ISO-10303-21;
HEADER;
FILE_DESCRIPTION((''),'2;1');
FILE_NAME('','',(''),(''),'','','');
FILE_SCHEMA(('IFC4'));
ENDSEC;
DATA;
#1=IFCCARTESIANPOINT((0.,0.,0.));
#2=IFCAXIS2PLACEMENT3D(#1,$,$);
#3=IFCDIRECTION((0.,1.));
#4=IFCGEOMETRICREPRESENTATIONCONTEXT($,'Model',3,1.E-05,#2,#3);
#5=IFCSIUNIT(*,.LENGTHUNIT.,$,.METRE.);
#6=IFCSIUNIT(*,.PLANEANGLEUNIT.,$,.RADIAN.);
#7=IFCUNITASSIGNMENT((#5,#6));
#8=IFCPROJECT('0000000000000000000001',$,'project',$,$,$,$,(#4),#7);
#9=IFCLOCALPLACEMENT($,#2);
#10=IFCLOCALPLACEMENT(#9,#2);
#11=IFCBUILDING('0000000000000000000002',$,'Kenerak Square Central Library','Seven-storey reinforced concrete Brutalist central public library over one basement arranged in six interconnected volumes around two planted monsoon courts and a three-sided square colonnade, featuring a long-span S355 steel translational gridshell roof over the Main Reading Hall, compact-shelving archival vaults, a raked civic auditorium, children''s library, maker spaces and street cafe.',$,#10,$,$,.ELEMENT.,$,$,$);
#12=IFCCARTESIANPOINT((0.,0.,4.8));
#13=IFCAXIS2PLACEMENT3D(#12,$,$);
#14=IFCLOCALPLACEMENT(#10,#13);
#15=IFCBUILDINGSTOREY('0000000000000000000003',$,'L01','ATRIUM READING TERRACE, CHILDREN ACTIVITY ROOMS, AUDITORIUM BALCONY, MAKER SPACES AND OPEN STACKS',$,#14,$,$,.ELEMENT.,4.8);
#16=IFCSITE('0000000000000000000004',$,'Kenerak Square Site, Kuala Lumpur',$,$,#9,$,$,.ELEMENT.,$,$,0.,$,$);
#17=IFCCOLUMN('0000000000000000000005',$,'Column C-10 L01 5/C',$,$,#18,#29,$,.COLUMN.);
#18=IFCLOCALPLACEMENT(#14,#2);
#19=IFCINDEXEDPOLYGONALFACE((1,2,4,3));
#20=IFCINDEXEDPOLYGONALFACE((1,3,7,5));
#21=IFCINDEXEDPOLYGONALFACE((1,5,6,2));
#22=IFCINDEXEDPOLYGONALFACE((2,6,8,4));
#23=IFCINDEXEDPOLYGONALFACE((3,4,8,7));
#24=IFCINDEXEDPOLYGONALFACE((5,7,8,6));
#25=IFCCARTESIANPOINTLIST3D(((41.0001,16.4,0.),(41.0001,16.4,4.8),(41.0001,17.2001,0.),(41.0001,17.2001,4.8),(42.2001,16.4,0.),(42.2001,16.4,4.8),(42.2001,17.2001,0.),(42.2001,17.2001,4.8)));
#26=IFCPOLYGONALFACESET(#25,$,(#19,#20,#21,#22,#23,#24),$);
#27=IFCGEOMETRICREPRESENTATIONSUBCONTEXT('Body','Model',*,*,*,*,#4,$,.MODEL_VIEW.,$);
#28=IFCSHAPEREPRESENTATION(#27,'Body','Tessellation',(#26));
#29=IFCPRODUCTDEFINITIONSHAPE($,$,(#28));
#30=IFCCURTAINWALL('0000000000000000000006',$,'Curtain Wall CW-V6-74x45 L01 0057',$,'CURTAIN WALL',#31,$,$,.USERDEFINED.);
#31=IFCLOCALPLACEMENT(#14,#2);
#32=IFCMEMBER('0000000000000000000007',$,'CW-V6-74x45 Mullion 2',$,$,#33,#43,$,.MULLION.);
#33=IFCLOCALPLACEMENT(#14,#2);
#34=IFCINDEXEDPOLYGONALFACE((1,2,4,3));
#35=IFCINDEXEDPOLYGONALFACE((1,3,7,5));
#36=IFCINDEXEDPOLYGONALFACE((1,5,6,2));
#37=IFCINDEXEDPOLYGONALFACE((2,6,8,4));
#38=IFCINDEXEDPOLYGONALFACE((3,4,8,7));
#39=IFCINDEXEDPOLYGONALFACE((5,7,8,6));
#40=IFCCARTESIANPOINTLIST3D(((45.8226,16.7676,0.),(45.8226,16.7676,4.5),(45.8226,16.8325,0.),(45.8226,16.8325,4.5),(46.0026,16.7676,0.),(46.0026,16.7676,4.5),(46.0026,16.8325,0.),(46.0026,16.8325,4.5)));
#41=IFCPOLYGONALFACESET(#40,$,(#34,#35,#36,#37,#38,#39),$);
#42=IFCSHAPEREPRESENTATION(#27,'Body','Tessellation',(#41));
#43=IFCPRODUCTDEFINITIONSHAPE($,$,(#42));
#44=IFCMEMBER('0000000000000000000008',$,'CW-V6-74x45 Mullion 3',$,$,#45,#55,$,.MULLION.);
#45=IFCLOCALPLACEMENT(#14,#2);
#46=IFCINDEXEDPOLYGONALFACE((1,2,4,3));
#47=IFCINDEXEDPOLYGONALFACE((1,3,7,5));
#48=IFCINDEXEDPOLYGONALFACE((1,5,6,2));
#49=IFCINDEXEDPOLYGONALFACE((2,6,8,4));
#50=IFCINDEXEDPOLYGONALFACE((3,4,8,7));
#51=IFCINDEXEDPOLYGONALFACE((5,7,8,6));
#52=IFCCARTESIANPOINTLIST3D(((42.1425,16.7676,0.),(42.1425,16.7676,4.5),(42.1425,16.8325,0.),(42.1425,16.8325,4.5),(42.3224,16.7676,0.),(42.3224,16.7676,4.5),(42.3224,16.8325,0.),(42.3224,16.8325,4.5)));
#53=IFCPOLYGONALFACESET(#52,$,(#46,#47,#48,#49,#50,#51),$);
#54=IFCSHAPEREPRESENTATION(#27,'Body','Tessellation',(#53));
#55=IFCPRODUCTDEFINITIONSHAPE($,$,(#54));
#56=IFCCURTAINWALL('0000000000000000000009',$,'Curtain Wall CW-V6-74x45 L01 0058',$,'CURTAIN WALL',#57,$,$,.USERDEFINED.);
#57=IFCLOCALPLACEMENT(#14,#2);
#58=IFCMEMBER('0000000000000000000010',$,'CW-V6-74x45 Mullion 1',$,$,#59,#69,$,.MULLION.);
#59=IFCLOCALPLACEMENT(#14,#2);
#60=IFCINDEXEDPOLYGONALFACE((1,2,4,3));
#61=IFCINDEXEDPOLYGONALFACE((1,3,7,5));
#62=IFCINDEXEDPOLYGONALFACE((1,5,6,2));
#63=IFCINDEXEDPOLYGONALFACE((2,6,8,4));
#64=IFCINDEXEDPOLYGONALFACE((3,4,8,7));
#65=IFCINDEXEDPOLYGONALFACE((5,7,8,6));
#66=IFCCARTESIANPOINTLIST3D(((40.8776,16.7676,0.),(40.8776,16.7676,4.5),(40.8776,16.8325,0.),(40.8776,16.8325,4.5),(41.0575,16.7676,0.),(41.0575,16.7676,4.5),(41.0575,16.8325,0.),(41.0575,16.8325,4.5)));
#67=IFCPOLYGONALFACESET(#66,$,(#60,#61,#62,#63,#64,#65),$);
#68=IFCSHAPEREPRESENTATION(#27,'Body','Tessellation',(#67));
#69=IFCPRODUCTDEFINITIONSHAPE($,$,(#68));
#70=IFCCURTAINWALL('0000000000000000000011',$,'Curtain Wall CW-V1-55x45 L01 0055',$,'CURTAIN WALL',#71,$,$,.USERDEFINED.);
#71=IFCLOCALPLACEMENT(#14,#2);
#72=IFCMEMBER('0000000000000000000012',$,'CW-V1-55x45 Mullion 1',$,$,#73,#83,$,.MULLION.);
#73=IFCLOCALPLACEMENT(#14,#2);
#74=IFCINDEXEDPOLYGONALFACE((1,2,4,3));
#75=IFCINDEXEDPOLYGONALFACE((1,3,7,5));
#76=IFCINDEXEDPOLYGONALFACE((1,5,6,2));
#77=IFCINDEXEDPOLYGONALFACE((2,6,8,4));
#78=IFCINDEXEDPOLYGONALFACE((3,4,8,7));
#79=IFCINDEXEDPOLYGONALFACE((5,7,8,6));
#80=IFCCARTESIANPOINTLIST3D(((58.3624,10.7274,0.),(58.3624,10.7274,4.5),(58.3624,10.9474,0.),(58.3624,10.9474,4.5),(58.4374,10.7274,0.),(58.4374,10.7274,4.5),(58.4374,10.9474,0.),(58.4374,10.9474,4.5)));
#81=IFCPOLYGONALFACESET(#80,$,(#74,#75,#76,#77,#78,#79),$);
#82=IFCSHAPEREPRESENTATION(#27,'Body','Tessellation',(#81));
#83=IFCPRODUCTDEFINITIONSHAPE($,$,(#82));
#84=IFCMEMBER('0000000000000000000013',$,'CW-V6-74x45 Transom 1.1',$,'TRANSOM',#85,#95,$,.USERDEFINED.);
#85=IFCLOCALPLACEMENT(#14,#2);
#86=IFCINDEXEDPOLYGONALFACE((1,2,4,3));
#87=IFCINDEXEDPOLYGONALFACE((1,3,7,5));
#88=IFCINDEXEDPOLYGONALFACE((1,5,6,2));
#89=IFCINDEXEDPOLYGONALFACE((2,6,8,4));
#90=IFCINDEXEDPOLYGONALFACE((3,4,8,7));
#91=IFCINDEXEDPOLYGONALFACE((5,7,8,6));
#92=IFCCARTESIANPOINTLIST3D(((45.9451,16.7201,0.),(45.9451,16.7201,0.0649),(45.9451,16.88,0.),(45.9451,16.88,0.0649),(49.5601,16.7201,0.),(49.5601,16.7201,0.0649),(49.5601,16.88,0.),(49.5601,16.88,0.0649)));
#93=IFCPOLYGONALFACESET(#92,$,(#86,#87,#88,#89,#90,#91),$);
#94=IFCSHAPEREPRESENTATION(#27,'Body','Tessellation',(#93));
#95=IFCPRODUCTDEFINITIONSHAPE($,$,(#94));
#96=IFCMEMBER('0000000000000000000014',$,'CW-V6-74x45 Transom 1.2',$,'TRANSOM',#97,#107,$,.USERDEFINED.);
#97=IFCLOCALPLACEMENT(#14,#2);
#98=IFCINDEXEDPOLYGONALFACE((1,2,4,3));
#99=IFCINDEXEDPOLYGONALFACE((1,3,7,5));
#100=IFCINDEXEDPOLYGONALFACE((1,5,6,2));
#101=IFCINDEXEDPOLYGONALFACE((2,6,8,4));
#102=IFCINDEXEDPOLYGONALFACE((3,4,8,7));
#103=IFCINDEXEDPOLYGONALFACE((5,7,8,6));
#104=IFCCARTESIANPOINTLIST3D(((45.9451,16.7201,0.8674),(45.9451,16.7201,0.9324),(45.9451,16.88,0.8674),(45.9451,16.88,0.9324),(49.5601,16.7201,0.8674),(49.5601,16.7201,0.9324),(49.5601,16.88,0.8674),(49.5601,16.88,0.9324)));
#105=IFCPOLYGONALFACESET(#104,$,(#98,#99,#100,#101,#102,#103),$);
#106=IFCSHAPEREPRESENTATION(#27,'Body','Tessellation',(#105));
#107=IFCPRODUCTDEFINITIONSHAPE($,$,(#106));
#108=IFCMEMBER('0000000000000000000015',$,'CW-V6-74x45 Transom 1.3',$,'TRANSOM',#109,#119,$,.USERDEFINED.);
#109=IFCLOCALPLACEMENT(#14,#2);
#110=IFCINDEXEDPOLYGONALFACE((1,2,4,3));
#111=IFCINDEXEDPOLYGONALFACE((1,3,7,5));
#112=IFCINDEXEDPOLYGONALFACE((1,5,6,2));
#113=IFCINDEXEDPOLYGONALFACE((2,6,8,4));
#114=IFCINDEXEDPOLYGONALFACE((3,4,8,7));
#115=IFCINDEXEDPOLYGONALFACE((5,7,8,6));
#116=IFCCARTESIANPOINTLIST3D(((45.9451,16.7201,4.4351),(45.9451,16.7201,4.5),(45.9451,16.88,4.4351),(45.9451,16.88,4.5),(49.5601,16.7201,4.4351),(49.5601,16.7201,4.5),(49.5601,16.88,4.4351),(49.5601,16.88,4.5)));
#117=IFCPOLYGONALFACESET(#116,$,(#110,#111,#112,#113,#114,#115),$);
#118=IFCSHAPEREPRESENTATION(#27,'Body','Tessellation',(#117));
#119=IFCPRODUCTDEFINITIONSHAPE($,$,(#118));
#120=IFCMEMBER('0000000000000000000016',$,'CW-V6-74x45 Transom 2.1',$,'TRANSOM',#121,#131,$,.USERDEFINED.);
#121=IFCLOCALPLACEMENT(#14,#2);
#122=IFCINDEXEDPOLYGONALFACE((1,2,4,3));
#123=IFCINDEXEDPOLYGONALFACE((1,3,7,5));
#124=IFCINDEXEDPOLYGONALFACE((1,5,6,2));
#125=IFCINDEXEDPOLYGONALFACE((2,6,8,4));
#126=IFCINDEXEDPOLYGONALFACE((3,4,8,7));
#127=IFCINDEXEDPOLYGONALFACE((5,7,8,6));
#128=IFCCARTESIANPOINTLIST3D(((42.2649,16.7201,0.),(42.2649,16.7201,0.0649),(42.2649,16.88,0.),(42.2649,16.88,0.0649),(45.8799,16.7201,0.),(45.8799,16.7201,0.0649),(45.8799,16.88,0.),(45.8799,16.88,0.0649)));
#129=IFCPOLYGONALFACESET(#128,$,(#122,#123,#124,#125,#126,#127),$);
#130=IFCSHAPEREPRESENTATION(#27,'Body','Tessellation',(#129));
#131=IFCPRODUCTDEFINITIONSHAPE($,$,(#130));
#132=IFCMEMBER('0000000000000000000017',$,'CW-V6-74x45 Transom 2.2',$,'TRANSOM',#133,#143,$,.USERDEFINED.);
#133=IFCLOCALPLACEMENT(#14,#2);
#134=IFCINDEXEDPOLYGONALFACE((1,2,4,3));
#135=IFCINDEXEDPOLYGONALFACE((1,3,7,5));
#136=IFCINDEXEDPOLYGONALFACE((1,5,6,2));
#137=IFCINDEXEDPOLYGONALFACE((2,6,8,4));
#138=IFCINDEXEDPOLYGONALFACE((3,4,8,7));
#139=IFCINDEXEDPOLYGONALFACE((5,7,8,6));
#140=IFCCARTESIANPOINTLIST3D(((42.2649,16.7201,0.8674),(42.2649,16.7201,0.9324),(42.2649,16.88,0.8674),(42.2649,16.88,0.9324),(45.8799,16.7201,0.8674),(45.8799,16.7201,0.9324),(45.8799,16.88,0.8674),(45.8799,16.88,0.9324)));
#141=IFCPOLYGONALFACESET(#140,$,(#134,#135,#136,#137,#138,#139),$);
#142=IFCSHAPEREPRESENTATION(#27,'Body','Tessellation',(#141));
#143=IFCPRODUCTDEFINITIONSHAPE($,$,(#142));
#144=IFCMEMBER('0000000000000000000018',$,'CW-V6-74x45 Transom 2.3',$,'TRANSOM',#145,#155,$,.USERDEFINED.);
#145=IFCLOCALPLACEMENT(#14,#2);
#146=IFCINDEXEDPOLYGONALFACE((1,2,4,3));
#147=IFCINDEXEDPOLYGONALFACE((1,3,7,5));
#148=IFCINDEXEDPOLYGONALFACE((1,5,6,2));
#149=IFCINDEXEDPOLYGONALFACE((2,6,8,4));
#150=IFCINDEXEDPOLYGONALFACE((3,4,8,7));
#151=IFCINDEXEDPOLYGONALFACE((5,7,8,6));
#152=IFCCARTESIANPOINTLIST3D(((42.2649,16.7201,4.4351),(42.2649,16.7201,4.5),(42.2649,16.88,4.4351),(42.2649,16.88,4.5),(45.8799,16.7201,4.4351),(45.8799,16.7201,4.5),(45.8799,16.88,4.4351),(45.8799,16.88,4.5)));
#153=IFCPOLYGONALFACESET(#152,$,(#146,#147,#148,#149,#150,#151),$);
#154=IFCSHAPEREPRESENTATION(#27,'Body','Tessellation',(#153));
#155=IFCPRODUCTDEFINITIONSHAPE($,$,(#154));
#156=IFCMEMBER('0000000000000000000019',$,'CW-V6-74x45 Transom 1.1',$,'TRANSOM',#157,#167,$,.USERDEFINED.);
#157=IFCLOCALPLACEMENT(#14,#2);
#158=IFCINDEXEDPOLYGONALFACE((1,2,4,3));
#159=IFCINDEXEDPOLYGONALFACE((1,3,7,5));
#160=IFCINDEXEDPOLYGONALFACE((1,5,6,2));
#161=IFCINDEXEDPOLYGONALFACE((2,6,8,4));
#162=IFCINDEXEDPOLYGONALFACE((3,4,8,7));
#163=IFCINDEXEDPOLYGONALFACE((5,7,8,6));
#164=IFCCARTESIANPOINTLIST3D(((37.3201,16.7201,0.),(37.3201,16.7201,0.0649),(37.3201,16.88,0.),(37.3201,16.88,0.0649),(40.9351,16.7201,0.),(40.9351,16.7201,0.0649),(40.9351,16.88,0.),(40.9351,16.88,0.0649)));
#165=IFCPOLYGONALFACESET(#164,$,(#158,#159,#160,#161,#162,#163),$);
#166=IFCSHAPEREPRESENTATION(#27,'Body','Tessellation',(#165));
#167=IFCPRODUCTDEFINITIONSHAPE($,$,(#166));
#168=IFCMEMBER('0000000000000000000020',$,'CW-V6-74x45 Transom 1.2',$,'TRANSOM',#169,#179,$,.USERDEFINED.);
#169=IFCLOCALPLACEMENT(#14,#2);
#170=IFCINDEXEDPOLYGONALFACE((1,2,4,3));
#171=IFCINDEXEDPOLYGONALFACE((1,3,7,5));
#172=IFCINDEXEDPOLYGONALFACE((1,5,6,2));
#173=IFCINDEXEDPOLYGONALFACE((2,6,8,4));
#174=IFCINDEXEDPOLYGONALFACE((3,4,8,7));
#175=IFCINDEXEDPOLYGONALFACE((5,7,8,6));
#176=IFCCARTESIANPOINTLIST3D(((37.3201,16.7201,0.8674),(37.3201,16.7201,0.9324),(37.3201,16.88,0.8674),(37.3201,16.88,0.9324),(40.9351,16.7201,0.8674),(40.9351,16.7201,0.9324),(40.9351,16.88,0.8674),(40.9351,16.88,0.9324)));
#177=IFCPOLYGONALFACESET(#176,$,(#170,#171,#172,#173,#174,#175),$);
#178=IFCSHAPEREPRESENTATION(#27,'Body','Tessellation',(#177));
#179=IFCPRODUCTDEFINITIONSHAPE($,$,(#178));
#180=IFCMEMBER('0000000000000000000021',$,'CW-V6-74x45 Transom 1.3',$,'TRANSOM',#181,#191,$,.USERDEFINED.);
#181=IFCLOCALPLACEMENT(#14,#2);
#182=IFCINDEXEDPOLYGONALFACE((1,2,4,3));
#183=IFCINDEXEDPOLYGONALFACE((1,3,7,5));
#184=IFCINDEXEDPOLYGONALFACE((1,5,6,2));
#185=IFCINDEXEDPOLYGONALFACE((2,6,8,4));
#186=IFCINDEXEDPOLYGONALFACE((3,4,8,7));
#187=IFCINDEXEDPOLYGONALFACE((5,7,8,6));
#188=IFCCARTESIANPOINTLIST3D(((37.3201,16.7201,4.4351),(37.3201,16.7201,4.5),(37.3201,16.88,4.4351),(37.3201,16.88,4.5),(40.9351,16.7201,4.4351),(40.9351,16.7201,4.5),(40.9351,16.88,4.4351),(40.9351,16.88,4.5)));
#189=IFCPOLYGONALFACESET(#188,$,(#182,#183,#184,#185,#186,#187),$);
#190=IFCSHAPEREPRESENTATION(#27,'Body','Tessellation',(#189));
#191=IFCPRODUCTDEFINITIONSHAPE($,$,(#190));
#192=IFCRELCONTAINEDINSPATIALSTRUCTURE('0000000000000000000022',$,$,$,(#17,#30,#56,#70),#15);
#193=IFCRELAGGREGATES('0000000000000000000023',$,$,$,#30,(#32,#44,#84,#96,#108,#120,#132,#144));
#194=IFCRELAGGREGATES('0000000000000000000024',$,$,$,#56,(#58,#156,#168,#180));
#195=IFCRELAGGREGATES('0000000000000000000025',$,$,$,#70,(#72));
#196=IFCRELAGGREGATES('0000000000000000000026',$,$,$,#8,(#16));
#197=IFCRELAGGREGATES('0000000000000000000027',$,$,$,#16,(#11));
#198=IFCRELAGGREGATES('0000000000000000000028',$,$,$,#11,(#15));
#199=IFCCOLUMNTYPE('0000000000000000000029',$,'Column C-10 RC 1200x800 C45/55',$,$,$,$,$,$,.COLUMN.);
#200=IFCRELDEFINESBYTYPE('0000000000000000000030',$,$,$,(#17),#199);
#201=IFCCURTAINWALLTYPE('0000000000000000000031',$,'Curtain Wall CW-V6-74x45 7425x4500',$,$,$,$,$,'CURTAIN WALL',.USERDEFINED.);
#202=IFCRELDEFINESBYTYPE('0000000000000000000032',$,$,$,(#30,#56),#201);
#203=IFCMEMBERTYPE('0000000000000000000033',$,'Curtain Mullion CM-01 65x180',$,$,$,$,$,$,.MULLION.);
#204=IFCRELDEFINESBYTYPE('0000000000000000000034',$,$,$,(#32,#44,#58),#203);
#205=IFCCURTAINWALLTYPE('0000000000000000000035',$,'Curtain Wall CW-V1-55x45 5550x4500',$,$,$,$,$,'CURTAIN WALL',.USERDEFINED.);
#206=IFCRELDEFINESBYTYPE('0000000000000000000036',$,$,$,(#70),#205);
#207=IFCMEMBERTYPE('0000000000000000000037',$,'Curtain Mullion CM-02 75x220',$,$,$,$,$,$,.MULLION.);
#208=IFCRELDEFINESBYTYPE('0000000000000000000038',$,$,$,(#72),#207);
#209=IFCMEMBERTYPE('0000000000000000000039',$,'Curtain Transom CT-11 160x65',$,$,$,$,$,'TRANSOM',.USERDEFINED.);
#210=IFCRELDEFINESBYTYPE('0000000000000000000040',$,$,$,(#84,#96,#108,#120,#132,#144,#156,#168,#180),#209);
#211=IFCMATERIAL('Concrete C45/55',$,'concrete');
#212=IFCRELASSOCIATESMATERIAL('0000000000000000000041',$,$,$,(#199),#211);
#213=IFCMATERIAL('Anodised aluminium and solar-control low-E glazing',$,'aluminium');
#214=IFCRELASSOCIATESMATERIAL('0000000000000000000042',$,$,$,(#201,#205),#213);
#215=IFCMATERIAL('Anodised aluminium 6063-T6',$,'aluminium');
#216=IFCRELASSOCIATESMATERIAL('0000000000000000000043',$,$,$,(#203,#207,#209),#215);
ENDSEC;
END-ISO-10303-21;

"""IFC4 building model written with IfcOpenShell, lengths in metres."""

from ifc_helpers import new_model, si_unit, direction, frame, origin, origin_2d, place, context, subcontext, project, spatial, rectangle, extrude, material, material_profile, profile_set, type_object, element, aggregate, save


model = new_model("IFC4")

# Units and contexts
model_context = context("Model", 3, precision=1e-05, world=origin(), true_north=direction((0.0, 1.0)))
body_context = subcontext(model_context, "Body", "Model", "MODEL_VIEW")
ifc_project = project(units=[si_unit("LENGTHUNIT", "METRE"), si_unit("PLANEANGLEUNIT", "RADIAN")], contexts=[model_context])

# Site, building, storey
site_placement = place(None, origin())
site = spatial("IfcSite", under=ifc_project, at=site_placement, Name="Kenerak Square Site, Kuala Lumpur", CompositionType="ELEMENT", RefElevation=0.0)
building_placement = place(site_placement, origin())
building = spatial("IfcBuilding", under=site, at=building_placement, Name="Kenerak Square Central Library", Description="Seven-storey reinforced concrete Brutalist central public library over one basement arranged in six interconnected volumes around two planted monsoon courts and a three-sided square colonnade, featuring a long-span S355 steel translational gridshell roof over the Main Reading Hall, compact-shelving archival vaults, a raked civic auditorium, children's library, maker spaces and street cafe.", CompositionType="ELEMENT")
storey_placement = place(building_placement, frame((0.0, 0.0, 4.8)))
storey = spatial("IfcBuildingStorey", under=building, at=storey_placement, Name="L01", Description="ATRIUM READING TERRACE, CHILDREN ACTIVITY ROOMS, AUDITORIUM BALCONY, MAKER SPACES AND OPEN STACKS", CompositionType="ELEMENT", Elevation=4.8)

# Column
ifc_material_1 = material(Name="Concrete C45/55", Category="concrete")
ifc_material_profile_1 = material_profile(ifc_material_1, rectangle(XDim=1.2, YDim=0.8, at=origin_2d()), Name="RC 1200x800")
ifc_profile_set_1 = profile_set([ifc_material_profile_1], Name="Concrete C45/55")
column_type = type_object("IfcColumnType", Name="Column C-10 RC 1200x800 C45/55", PredefinedType="COLUMN", material=ifc_profile_set_1)
column_placement = place(storey_placement, frame((41.6001, 16.8, 0.0), z_axis=(0.0, 0.0, 1.0), x_axis=(1.0, 0.0, 0.0)))
element("IfcColumn", 1, at=column_placement, inside=storey, type_object=column_type, Name="Column C-10 L01 5/C", PredefinedType="COLUMN", context=body_context, shape_type="SweptSolid", body=[
    extrude(rectangle(XDim=1.2, YDim=0.8, at=origin_2d()), origin(), (0.0, 0.0, 1.0), 4.8),
])

# Curtain wall, members
ifc_material_2 = material(Name="Anodised aluminium and solar-control low-E glazing", Category="aluminium")
curtain_wall_type_1 = type_object("IfcCurtainWallType", Name="Curtain Wall CW-V6-74x45 7425x4500", ElementType="CURTAIN WALL", PredefinedType="USERDEFINED", material=ifc_material_2)
curtain_wall_1_placement = place(storey_placement, origin())
curtain_wall_1 = element("IfcCurtainWall", 2, at=curtain_wall_1_placement, inside=storey, type_object=curtain_wall_type_1, Name="Curtain Wall CW-V6-74x45 L01 0057", ObjectType="CURTAIN WALL", PredefinedType="USERDEFINED")
ifc_material_3 = material(Name="Anodised aluminium 6063-T6", Category="aluminium")
ifc_material_profile_2 = material_profile(ifc_material_3, rectangle(XDim=0.0649, YDim=0.1799, at=origin_2d()), Name="AL MULLION 65x180")
ifc_profile_set_2 = profile_set([ifc_material_profile_2], Name="Anodised aluminium 6063-T6")
member_type_1 = type_object("IfcMemberType", Name="Curtain Mullion CM-01 65x180", PredefinedType="MULLION", material=ifc_profile_set_2)
member_1_placement = place(storey_placement, frame((45.9126, 16.8, 0.0), z_axis=(0.0, 0.0, 1.0), x_axis=(0.0, -1.0, 0.0)))
member_1 = element("IfcMember", 3, at=member_1_placement, type_object=member_type_1, Name="CW-V6-74x45 Mullion 2", PredefinedType="MULLION", context=body_context, shape_type="SweptSolid", body=[
    extrude(rectangle(XDim=0.0649, YDim=0.1799, at=origin_2d()), origin(), (0.0, 0.0, 1.0), 4.5),
])
member_2_placement = place(storey_placement, frame((42.2324, 16.8, 0.0), z_axis=(0.0, 0.0, 1.0), x_axis=(0.0, -1.0, 0.0)))
member_2 = element("IfcMember", 4, at=member_2_placement, type_object=member_type_1, Name="CW-V6-74x45 Mullion 3", PredefinedType="MULLION", context=body_context, shape_type="SweptSolid", body=[
    extrude(rectangle(XDim=0.0649, YDim=0.1799, at=origin_2d()), origin(), (0.0, 0.0, 1.0), 4.5),
])

# Curtain walls, members
curtain_wall_2_placement = place(storey_placement, origin())
curtain_wall_2 = element("IfcCurtainWall", 5, at=curtain_wall_2_placement, inside=storey, type_object=curtain_wall_type_1, Name="Curtain Wall CW-V6-74x45 L01 0058", ObjectType="CURTAIN WALL", PredefinedType="USERDEFINED")
member_3_placement = place(storey_placement, frame((40.9675, 16.8, 0.0), z_axis=(0.0, 0.0, 1.0), x_axis=(0.0, -1.0, 0.0)))
member_3 = element("IfcMember", 6, at=member_3_placement, type_object=member_type_1, Name="CW-V6-74x45 Mullion 1", PredefinedType="MULLION", context=body_context, shape_type="SweptSolid", body=[
    extrude(rectangle(XDim=0.0649, YDim=0.1799, at=origin_2d()), origin(), (0.0, 0.0, 1.0), 4.5),
])
curtain_wall_type_2 = type_object("IfcCurtainWallType", Name="Curtain Wall CW-V1-55x45 5550x4500", ElementType="CURTAIN WALL", PredefinedType="USERDEFINED", material=ifc_material_2)
curtain_wall_3_placement = place(storey_placement, origin())
curtain_wall_3 = element("IfcCurtainWall", 7, at=curtain_wall_3_placement, inside=storey, type_object=curtain_wall_type_2, Name="Curtain Wall CW-V1-55x45 L01 0055", ObjectType="CURTAIN WALL", PredefinedType="USERDEFINED")
ifc_material_profile_3 = material_profile(ifc_material_3, rectangle(XDim=0.075, YDim=0.22, at=origin_2d()), Name="AL MULLION 75x220")
ifc_profile_set_3 = profile_set([ifc_material_profile_3], Name="Anodised aluminium 6063-T6")
member_type_2 = type_object("IfcMemberType", Name="Curtain Mullion CM-02 75x220", PredefinedType="MULLION", material=ifc_profile_set_3)
member_4_placement = place(storey_placement, frame((58.3999, 10.8374, 0.0), z_axis=(0.0, 0.0, 1.0), x_axis=(-1.0, 0.0, 0.0)))
member_4 = element("IfcMember", 8, at=member_4_placement, type_object=member_type_2, Name="CW-V1-55x45 Mullion 1", PredefinedType="MULLION", context=body_context, shape_type="SweptSolid", body=[
    extrude(rectangle(XDim=0.075, YDim=0.22, at=origin_2d()), origin(), (0.0, 0.0, 1.0), 4.5),
])

# Members
ifc_material_profile_4 = material_profile(ifc_material_3, rectangle(XDim=0.1599, YDim=0.0649, at=origin_2d()), Name="AL TRANSOM 160x65")
ifc_profile_set_4 = profile_set([ifc_material_profile_4], Name="Anodised aluminium 6063-T6")
member_type_3 = type_object("IfcMemberType", Name="Curtain Transom CT-11 160x65", ElementType="TRANSOM", PredefinedType="USERDEFINED", material=ifc_profile_set_4)
member_5_placement = place(storey_placement, frame((49.5601, 16.8, 0.0325), z_axis=(-1.0, 0.0, 0.0), x_axis=(0.0, -1.0, 0.0)))
member_5 = element("IfcMember", 9, at=member_5_placement, type_object=member_type_3, Name="CW-V6-74x45 Transom 1.1", ObjectType="TRANSOM", PredefinedType="USERDEFINED", context=body_context, shape_type="SweptSolid", body=[
    extrude(rectangle(XDim=0.1599, YDim=0.0649, at=origin_2d()), origin(), (0.0, 0.0, 1.0), 3.615),
])
member_6_placement = place(storey_placement, frame((49.5601, 16.8, 0.8999), z_axis=(-1.0, 0.0, 0.0), x_axis=(0.0, -1.0, 0.0)))
member_6 = element("IfcMember", 10, at=member_6_placement, type_object=member_type_3, Name="CW-V6-74x45 Transom 1.2", ObjectType="TRANSOM", PredefinedType="USERDEFINED", context=body_context, shape_type="SweptSolid", body=[
    extrude(rectangle(XDim=0.1599, YDim=0.0649, at=origin_2d()), origin(), (0.0, 0.0, 1.0), 3.615),
])
member_7_placement = place(storey_placement, frame((49.5601, 16.8, 4.4675), z_axis=(-1.0, 0.0, 0.0), x_axis=(0.0, -1.0, 0.0)))
member_7 = element("IfcMember", 11, at=member_7_placement, type_object=member_type_3, Name="CW-V6-74x45 Transom 1.3", ObjectType="TRANSOM", PredefinedType="USERDEFINED", context=body_context, shape_type="SweptSolid", body=[
    extrude(rectangle(XDim=0.1599, YDim=0.0649, at=origin_2d()), origin(), (0.0, 0.0, 1.0), 3.615),
])
member_8_placement = place(storey_placement, frame((45.8799, 16.8, 0.0325), z_axis=(-1.0, 0.0, 0.0), x_axis=(0.0, -1.0, 0.0)))
member_8 = element("IfcMember", 12, at=member_8_placement, type_object=member_type_3, Name="CW-V6-74x45 Transom 2.1", ObjectType="TRANSOM", PredefinedType="USERDEFINED", context=body_context, shape_type="SweptSolid", body=[
    extrude(rectangle(XDim=0.1599, YDim=0.0649, at=origin_2d()), origin(), (0.0, 0.0, 1.0), 3.615),
])
member_9_placement = place(storey_placement, frame((45.8799, 16.8, 0.8999), z_axis=(-1.0, 0.0, 0.0), x_axis=(0.0, -1.0, 0.0)))
member_9 = element("IfcMember", 13, at=member_9_placement, type_object=member_type_3, Name="CW-V6-74x45 Transom 2.2", ObjectType="TRANSOM", PredefinedType="USERDEFINED", context=body_context, shape_type="SweptSolid", body=[
    extrude(rectangle(XDim=0.1599, YDim=0.0649, at=origin_2d()), origin(), (0.0, 0.0, 1.0), 3.615),
])
member_10_placement = place(storey_placement, frame((45.8799, 16.8, 4.4675), z_axis=(-1.0, 0.0, 0.0), x_axis=(0.0, -1.0, 0.0)))
member_10 = element("IfcMember", 14, at=member_10_placement, type_object=member_type_3, Name="CW-V6-74x45 Transom 2.3", ObjectType="TRANSOM", PredefinedType="USERDEFINED", context=body_context, shape_type="SweptSolid", body=[
    extrude(rectangle(XDim=0.1599, YDim=0.0649, at=origin_2d()), origin(), (0.0, 0.0, 1.0), 3.615),
])
member_11_placement = place(storey_placement, frame((40.9351, 16.8, 0.0325), z_axis=(-1.0, 0.0, 0.0), x_axis=(0.0, -1.0, 0.0)))
member_11 = element("IfcMember", 15, at=member_11_placement, type_object=member_type_3, Name="CW-V6-74x45 Transom 1.1", ObjectType="TRANSOM", PredefinedType="USERDEFINED", context=body_context, shape_type="SweptSolid", body=[
    extrude(rectangle(XDim=0.1599, YDim=0.0649, at=origin_2d()), origin(), (0.0, 0.0, 1.0), 3.615),
])
member_12_placement = place(storey_placement, frame((40.9351, 16.8, 0.8999), z_axis=(-1.0, 0.0, 0.0), x_axis=(0.0, -1.0, 0.0)))
member_12 = element("IfcMember", 16, at=member_12_placement, type_object=member_type_3, Name="CW-V6-74x45 Transom 1.2", ObjectType="TRANSOM", PredefinedType="USERDEFINED", context=body_context, shape_type="SweptSolid", body=[
    extrude(rectangle(XDim=0.1599, YDim=0.0649, at=origin_2d()), origin(), (0.0, 0.0, 1.0), 3.615),
])
member_13_placement = place(storey_placement, frame((40.9351, 16.8, 4.4675), z_axis=(-1.0, 0.0, 0.0), x_axis=(0.0, -1.0, 0.0)))
member_13 = element("IfcMember", 17, at=member_13_placement, type_object=member_type_3, Name="CW-V6-74x45 Transom 1.3", ObjectType="TRANSOM", PredefinedType="USERDEFINED", context=body_context, shape_type="SweptSolid", body=[
    extrude(rectangle(XDim=0.1599, YDim=0.0649, at=origin_2d()), origin(), (0.0, 0.0, 1.0), 3.615),
])

aggregate(curtain_wall_1, [member_1, member_2, member_5, member_6, member_7, member_8, member_9, member_10])
aggregate(curtain_wall_2, [member_3, member_11, member_12, member_13])

aggregate(curtain_wall_3, [member_4])

save(model, "model.ifc")
